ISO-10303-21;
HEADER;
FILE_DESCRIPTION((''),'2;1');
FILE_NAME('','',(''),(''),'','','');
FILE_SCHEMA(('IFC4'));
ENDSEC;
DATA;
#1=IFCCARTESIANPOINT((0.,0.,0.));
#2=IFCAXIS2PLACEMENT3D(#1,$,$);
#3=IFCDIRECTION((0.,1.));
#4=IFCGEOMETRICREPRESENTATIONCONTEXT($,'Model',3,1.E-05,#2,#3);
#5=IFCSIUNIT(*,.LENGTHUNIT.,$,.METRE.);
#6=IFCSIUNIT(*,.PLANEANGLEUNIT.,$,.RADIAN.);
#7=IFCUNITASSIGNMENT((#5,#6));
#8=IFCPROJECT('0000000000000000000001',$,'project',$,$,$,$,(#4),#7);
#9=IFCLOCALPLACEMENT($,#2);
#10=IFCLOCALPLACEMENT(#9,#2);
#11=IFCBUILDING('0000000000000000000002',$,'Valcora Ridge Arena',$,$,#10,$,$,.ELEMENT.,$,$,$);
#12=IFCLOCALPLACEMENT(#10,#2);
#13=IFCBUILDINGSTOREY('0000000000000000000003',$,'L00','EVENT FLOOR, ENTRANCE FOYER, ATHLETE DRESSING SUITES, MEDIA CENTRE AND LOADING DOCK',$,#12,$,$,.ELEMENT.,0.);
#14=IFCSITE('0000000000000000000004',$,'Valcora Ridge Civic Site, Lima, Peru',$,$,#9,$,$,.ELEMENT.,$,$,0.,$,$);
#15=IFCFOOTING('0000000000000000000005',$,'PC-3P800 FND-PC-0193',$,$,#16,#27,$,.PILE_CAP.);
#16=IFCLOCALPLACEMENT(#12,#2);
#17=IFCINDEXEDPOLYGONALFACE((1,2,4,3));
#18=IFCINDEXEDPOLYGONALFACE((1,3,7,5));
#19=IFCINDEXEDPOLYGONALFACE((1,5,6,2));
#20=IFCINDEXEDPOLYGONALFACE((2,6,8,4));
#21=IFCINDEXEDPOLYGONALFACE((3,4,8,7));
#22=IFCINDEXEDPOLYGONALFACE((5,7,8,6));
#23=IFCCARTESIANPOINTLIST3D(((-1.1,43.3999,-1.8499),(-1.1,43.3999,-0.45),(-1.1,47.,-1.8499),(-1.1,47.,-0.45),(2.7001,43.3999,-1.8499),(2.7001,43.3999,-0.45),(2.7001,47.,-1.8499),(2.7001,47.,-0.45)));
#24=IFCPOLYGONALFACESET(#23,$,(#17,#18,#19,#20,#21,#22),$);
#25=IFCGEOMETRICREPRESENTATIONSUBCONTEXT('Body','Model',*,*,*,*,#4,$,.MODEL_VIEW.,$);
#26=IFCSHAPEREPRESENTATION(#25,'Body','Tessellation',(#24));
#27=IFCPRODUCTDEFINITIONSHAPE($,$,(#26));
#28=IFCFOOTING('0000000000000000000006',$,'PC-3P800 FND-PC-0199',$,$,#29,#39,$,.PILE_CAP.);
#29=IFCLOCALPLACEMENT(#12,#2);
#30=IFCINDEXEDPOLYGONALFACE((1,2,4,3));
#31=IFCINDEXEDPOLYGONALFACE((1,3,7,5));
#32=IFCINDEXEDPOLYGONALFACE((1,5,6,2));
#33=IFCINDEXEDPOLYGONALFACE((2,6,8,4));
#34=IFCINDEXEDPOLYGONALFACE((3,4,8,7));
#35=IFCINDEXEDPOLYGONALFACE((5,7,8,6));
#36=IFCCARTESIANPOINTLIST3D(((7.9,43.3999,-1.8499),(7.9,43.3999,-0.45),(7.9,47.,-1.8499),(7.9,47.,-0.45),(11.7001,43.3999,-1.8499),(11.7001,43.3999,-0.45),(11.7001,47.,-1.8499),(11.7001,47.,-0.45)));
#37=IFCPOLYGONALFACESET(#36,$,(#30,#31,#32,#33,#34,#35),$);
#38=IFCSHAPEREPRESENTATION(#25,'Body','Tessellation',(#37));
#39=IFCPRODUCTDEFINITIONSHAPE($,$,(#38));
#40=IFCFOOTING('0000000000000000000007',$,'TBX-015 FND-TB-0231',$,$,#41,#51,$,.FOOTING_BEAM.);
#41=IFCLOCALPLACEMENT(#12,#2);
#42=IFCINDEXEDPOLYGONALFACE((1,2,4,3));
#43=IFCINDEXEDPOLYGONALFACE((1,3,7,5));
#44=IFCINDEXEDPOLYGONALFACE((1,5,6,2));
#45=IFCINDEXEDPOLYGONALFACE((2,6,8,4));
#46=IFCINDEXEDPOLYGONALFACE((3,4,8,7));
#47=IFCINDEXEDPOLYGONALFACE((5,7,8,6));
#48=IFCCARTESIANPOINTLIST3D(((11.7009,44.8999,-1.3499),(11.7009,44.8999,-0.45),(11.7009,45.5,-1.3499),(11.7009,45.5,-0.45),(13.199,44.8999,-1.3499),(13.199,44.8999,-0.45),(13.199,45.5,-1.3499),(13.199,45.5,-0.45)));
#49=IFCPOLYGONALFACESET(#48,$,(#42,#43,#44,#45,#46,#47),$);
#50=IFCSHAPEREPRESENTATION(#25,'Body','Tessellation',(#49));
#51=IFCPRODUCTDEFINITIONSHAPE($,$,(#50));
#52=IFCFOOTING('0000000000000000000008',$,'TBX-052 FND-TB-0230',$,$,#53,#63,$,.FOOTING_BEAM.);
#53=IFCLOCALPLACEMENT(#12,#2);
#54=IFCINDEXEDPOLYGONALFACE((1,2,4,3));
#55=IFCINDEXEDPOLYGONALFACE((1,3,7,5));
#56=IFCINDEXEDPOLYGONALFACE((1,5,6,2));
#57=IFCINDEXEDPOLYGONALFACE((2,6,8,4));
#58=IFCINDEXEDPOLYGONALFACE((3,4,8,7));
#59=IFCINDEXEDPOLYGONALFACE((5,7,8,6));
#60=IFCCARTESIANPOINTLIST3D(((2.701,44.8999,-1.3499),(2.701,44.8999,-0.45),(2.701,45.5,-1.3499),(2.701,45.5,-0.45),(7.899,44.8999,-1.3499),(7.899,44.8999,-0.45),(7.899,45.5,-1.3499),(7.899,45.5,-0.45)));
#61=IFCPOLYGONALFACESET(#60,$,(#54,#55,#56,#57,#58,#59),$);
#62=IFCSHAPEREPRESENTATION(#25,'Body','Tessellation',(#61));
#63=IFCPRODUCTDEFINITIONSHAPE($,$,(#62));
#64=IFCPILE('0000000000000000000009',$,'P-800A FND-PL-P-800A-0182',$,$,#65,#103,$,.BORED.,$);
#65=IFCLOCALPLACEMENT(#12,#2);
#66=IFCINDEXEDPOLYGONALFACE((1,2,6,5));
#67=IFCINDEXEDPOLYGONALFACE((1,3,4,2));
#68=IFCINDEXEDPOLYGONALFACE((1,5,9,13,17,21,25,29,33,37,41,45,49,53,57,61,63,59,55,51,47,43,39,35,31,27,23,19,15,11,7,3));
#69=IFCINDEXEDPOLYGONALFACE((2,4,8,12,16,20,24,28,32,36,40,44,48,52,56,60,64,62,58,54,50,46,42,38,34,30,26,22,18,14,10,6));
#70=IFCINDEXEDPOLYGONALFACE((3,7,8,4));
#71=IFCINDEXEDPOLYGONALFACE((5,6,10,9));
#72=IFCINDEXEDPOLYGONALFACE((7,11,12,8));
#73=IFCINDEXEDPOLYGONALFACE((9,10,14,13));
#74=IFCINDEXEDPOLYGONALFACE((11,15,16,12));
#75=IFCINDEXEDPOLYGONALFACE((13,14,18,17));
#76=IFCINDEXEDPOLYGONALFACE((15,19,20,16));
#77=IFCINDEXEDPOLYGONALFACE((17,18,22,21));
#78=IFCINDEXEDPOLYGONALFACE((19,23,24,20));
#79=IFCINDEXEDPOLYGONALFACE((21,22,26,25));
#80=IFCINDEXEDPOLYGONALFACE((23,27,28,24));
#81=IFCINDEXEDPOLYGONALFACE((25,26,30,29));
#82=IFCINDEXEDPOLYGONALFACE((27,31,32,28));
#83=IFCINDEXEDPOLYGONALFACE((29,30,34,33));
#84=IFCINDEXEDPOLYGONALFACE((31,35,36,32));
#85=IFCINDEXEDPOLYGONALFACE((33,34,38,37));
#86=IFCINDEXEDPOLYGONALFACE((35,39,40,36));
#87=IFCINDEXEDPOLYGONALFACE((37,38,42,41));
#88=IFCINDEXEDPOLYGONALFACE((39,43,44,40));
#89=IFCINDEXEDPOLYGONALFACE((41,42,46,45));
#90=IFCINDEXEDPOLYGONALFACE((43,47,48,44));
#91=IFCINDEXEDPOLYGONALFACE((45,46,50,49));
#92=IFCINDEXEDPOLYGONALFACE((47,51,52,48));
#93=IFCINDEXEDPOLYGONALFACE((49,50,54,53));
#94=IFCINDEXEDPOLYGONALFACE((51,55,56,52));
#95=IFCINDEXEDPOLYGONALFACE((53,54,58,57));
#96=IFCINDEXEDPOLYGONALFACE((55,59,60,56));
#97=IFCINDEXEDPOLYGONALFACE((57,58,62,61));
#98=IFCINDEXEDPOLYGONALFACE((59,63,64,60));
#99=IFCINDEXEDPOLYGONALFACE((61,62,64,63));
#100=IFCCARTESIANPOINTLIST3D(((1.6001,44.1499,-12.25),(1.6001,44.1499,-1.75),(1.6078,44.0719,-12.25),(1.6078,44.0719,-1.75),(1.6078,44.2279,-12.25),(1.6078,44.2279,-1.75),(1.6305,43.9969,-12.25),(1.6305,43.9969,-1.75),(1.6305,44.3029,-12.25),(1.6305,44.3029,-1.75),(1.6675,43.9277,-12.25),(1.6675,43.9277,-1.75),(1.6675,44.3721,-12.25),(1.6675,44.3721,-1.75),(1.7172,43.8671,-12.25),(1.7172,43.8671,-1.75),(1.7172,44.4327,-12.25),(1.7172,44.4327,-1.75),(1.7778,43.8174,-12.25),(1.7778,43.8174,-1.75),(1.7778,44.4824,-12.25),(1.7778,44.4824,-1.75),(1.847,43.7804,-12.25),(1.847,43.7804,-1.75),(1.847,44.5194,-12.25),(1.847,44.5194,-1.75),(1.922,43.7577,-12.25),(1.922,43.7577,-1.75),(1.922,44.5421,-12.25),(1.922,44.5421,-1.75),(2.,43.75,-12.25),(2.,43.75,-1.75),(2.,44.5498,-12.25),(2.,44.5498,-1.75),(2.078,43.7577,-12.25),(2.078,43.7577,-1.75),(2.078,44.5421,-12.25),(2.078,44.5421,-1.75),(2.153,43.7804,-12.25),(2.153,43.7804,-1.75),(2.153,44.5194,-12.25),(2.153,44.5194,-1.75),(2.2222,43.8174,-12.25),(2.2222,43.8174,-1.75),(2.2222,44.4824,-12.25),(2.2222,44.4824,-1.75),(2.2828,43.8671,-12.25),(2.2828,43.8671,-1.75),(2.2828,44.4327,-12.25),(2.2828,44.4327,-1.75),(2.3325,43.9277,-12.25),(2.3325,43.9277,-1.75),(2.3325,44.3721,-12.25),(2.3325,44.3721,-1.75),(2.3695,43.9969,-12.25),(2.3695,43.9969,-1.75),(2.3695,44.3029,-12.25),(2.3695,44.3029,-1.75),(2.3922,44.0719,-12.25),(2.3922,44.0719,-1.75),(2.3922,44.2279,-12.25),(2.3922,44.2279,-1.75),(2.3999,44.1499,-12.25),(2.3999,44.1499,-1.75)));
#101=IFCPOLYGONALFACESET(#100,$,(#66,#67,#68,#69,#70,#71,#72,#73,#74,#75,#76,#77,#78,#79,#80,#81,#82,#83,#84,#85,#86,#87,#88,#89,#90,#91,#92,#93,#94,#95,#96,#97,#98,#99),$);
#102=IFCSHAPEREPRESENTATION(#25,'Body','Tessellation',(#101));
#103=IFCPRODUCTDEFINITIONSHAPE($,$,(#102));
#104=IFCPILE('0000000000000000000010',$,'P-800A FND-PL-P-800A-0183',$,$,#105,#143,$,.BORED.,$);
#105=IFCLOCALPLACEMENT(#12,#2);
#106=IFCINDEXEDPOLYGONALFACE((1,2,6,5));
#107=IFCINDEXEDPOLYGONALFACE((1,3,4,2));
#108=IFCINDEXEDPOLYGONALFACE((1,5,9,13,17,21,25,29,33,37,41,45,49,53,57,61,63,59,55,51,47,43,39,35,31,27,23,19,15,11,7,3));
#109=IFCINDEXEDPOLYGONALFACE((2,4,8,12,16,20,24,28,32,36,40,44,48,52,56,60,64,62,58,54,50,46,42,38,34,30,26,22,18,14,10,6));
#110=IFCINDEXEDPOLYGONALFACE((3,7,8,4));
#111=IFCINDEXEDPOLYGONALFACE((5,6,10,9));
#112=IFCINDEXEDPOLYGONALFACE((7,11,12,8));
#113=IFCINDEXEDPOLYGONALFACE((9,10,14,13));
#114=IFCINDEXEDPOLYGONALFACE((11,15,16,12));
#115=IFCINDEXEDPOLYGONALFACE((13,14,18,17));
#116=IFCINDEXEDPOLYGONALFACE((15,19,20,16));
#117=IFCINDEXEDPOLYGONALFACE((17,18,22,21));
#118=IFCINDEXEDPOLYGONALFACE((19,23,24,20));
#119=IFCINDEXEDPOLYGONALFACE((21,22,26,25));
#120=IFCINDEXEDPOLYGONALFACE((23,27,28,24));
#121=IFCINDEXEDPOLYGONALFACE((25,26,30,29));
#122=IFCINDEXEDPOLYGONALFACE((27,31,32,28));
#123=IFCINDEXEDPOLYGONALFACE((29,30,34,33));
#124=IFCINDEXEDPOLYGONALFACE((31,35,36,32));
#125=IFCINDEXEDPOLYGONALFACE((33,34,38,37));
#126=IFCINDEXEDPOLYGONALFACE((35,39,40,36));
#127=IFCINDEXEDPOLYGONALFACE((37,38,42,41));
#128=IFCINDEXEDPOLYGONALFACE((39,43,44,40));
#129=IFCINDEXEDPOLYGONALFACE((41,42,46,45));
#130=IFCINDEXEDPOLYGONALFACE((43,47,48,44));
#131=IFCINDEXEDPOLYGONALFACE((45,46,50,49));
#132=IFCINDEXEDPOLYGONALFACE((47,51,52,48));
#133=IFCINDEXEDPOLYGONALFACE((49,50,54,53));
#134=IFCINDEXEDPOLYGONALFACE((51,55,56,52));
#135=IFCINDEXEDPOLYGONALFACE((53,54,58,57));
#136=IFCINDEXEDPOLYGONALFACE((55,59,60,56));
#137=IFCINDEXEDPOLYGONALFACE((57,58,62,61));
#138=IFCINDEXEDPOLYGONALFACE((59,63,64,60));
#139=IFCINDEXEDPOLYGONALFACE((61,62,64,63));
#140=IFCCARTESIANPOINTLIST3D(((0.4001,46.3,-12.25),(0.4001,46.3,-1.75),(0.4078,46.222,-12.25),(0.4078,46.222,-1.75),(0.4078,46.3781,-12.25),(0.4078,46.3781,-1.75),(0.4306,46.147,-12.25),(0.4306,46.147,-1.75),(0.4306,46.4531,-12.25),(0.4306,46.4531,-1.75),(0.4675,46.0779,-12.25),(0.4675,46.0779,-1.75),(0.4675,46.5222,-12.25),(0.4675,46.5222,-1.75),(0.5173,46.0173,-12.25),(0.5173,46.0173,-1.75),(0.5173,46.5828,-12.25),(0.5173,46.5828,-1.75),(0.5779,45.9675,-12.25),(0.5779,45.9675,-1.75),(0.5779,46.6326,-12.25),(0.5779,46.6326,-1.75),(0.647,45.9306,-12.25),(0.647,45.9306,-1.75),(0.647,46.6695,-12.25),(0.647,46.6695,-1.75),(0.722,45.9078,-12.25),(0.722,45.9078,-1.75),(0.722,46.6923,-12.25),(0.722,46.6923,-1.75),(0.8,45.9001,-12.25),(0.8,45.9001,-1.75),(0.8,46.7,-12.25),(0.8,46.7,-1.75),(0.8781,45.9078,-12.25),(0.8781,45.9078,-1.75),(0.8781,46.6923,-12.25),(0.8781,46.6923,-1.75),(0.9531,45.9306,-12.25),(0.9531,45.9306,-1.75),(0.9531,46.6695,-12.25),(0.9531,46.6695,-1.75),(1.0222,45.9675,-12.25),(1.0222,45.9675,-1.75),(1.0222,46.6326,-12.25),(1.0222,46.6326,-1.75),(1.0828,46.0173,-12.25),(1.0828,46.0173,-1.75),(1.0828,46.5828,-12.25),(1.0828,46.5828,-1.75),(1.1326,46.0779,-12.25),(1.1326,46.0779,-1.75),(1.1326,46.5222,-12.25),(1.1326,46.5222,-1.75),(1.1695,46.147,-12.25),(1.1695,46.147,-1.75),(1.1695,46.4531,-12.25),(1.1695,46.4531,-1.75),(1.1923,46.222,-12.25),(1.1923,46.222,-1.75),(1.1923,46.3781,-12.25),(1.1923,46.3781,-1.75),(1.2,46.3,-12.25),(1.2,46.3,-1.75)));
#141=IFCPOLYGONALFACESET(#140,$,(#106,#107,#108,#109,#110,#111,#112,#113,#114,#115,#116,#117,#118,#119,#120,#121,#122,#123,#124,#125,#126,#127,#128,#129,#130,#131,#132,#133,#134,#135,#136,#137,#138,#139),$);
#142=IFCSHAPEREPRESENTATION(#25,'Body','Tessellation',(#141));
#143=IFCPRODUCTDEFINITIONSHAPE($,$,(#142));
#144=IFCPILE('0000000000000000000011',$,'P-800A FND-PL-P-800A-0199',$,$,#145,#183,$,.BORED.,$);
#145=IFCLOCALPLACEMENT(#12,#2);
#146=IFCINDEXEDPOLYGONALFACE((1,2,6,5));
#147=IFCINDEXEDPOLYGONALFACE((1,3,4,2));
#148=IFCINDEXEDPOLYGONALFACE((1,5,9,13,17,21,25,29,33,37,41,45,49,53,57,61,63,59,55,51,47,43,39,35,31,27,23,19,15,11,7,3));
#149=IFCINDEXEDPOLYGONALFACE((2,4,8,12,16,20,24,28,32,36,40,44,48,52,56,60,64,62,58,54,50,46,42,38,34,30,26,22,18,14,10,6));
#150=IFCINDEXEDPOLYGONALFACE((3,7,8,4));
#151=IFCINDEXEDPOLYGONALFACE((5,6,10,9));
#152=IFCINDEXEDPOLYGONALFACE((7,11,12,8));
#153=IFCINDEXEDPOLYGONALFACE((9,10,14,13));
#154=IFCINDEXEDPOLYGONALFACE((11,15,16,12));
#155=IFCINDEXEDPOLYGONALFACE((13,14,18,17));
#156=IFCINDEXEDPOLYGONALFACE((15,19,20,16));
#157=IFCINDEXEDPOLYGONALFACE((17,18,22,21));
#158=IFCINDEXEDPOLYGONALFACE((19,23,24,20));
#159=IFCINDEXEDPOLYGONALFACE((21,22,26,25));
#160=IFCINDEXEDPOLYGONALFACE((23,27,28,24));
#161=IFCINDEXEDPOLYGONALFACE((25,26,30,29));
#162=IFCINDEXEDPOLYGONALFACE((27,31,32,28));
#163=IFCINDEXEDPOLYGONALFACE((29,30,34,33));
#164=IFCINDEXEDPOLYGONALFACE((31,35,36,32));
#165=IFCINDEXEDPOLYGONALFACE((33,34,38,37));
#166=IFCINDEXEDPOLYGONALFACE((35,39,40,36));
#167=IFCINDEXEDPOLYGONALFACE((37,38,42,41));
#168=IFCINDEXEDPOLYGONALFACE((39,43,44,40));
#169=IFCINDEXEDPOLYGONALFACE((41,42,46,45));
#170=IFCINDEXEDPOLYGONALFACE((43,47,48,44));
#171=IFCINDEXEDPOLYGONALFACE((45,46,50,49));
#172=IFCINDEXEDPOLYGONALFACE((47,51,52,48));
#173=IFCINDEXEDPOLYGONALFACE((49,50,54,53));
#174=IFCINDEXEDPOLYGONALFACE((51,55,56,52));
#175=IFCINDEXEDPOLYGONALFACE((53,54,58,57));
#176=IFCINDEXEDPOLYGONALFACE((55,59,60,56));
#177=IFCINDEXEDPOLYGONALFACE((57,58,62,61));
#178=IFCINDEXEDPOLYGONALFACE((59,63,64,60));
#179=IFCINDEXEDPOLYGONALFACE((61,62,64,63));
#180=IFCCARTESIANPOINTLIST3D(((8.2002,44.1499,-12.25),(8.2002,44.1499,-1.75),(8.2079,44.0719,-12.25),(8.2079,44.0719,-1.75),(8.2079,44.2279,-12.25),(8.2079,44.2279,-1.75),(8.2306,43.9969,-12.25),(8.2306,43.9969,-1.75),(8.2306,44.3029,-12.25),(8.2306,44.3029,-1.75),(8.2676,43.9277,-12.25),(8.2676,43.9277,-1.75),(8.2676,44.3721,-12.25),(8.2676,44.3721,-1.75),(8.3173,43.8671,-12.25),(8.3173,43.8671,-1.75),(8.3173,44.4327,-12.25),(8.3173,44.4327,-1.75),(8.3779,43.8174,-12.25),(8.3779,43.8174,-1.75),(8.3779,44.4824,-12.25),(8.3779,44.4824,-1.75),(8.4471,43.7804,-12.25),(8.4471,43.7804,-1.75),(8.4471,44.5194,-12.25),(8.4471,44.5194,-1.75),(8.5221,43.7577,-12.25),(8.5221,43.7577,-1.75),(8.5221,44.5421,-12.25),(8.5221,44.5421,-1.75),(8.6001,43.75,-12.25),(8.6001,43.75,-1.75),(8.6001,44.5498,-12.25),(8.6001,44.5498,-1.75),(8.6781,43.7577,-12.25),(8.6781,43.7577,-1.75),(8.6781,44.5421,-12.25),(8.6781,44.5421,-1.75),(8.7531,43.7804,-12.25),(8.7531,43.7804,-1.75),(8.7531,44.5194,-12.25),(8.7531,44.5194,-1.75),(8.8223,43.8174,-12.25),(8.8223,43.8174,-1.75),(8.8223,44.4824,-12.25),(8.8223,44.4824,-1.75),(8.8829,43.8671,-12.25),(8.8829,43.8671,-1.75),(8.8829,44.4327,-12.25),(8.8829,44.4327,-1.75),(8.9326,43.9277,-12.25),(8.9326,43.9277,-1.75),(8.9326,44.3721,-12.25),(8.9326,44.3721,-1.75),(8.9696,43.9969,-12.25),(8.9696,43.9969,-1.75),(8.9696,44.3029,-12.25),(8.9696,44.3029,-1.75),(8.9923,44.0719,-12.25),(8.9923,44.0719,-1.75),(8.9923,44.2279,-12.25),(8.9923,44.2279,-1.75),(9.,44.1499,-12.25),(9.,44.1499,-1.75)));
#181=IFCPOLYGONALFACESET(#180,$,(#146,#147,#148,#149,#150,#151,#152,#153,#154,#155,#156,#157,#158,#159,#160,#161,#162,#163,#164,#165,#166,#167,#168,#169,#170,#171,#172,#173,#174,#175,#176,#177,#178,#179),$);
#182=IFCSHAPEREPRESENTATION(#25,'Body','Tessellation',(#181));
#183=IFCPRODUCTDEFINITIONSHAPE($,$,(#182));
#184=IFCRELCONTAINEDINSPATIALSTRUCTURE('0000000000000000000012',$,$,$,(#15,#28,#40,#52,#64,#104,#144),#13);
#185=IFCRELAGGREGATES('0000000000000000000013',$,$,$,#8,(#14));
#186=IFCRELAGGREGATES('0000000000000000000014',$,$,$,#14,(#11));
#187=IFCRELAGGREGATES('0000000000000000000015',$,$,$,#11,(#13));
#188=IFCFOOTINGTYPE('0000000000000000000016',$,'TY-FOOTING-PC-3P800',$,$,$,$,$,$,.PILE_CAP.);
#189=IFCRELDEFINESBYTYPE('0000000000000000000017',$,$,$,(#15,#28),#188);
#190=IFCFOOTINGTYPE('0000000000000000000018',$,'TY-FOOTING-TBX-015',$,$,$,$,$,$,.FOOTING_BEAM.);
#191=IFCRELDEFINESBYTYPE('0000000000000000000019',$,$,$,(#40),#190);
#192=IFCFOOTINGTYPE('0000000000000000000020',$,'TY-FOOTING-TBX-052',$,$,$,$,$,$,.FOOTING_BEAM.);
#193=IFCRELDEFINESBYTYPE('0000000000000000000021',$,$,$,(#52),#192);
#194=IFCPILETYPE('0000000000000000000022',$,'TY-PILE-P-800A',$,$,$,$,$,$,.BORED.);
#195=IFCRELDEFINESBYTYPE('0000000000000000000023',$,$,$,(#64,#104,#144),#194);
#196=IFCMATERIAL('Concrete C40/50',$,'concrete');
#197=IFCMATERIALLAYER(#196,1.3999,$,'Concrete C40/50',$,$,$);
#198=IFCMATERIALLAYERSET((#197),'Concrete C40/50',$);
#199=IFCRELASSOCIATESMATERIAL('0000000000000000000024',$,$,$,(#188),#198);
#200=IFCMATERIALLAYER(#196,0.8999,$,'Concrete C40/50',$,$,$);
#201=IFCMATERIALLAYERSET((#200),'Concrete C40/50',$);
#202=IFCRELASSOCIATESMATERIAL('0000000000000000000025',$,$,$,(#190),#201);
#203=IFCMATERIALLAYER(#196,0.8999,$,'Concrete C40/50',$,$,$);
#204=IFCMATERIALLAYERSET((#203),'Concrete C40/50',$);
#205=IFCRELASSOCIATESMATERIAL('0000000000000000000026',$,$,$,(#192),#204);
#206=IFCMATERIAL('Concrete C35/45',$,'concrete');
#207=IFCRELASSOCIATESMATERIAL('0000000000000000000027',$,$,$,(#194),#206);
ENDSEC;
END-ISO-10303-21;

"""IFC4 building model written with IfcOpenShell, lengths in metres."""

from ifc_helpers import new_model, si_unit, direction, frame, origin, origin_2d, place, context, subcontext, project, spatial, rectangle, circle, extrude, material, layer, layer_set, material_profile, profile_set, type_object, element, save


model = new_model("IFC4")

# Units and contexts
model_context = context("Model", 3, precision=1e-05, world=origin(), true_north=direction((0.0, 1.0)))
body_context = subcontext(model_context, "Body", "Model", "MODEL_VIEW")
ifc_project = project(units=[si_unit("LENGTHUNIT", "METRE"), si_unit("PLANEANGLEUNIT", "RADIAN")], contexts=[model_context])

# Site, building, storey
site_placement = place(None, origin())
site = spatial("IfcSite", under=ifc_project, at=site_placement, Name="Valcora Ridge Civic Site, Lima, Peru", CompositionType="ELEMENT", RefElevation=0.0)
building_placement = place(site_placement, origin())
building = spatial("IfcBuilding", under=site, at=building_placement, Name="Valcora Ridge Arena", CompositionType="ELEMENT")
storey_placement = place(building_placement, origin())
storey = spatial("IfcBuildingStorey", under=building, at=storey_placement, Name="L00", Description="EVENT FLOOR, ENTRANCE FOYER, ATHLETE DRESSING SUITES, MEDIA CENTRE AND LOADING DOCK", CompositionType="ELEMENT", Elevation=0.0)

# Footings
ifc_material_1 = material(Name="Concrete C40/50", Category="concrete")
ifc_layer_1 = layer(ifc_material_1, 1.3999, Name="Concrete C40/50")
ifc_layer_set_1 = layer_set([ifc_layer_1], Name="Concrete C40/50")
footing_type_1 = type_object("IfcFootingType", Name="TY-FOOTING-PC-3P800", PredefinedType="PILE_CAP", material=ifc_layer_set_1)
for number, where, z_axis, x_axis, name in (
    (1, (0.8, 45.2, -1.8499), (0.0, 0.0, 1.0), (1.0, 0.0, 0.0), "PC-3P800 FND-PC-0193"),
    (2, (9.8, 45.2, -1.8499), (0.0, 0.0, 1.0), (1.0, 0.0, 0.0), "PC-3P800 FND-PC-0199"),
):
    element("IfcFooting", number, at=place(storey_placement, frame(where, z_axis=z_axis, x_axis=x_axis)), inside=storey, type_object=footing_type_1, Name=name, PredefinedType="PILE_CAP", context=body_context, shape_type="SweptSolid", body=[
        extrude(rectangle(XDim=3.8, YDim=3.6001, at=origin_2d()), origin(), (0.0, 0.0, 1.0), 1.3999),
    ])
ifc_layer_2 = layer(ifc_material_1, 0.8999, Name="Concrete C40/50")
ifc_layer_set_2 = layer_set([ifc_layer_2], Name="Concrete C40/50")
footing_type_2 = type_object("IfcFootingType", Name="TY-FOOTING-TBX-015", PredefinedType="FOOTING_BEAM", material=ifc_layer_set_2)
footing_1_placement = place(storey_placement, frame((12.45, 45.2, -1.3499), z_axis=(0.0, 0.0, 1.0), x_axis=(1.0, 0.0, 0.0)))
element("IfcFooting", 3, at=footing_1_placement, inside=storey, type_object=footing_type_2, Name="TBX-015 FND-TB-0231", PredefinedType="FOOTING_BEAM", context=body_context, shape_type="SweptSolid", body=[
    extrude(rectangle(XDim=1.498, YDim=0.6001, at=origin_2d()), origin(), (0.0, 0.0, 1.0), 0.8999),
])
ifc_layer_3 = layer(ifc_material_1, 0.8999, Name="Concrete C40/50")
ifc_layer_set_3 = layer_set([ifc_layer_3], Name="Concrete C40/50")
footing_type_3 = type_object("IfcFootingType", Name="TY-FOOTING-TBX-052", PredefinedType="FOOTING_BEAM", material=ifc_layer_set_3)
footing_2_placement = place(storey_placement, frame((5.3, 45.2, -1.3499), z_axis=(0.0, 0.0, 1.0), x_axis=(1.0, 0.0, 0.0)))
element("IfcFooting", 4, at=footing_2_placement, inside=storey, type_object=footing_type_3, Name="TBX-052 FND-TB-0230", PredefinedType="FOOTING_BEAM", context=body_context, shape_type="SweptSolid", body=[
    extrude(rectangle(XDim=5.198, YDim=0.6001, at=origin_2d()), origin(), (0.0, 0.0, 1.0), 0.8999),
])

# Piles
ifc_material_2 = material(Name="Concrete C35/45", Category="concrete")
ifc_material_profile_1 = material_profile(ifc_material_2, circle(Radius=0.3999, at=origin_2d()), Name="BORED PILE D800")
ifc_profile_set_1 = profile_set([ifc_material_profile_1], Name="Concrete C35/45")
pile_type = type_object("IfcPileType", Name="TY-PILE-P-800A", PredefinedType="BORED", material=ifc_profile_set_1)
for number, where, z_axis, x_axis, name in (
    (5, (2.0, 44.1499, -1.75), (0.0, 0.0, -1.0), (1.0, 0.0, 0.0), "P-800A FND-PL-P-800A-0182"),
    (6, (0.8, 46.3, -1.75), (0.0, 0.0, -1.0), (1.0, 0.0, 0.0), "P-800A FND-PL-P-800A-0183"),
    (7, (8.6001, 44.1499, -1.75), (0.0, 0.0, -1.0), (1.0, 0.0, 0.0), "P-800A FND-PL-P-800A-0199"),
):
    element("IfcPile", number, at=place(storey_placement, frame(where, z_axis=z_axis, x_axis=x_axis)), inside=storey, type_object=pile_type, Name=name, PredefinedType="BORED", context=body_context, shape_type="SweptSolid", body=[
        extrude(circle(Radius=0.3999, at=origin_2d()), origin(), (0.0, 0.0, 1.0), 10.5),
    ])

save(model, "model.ifc")
